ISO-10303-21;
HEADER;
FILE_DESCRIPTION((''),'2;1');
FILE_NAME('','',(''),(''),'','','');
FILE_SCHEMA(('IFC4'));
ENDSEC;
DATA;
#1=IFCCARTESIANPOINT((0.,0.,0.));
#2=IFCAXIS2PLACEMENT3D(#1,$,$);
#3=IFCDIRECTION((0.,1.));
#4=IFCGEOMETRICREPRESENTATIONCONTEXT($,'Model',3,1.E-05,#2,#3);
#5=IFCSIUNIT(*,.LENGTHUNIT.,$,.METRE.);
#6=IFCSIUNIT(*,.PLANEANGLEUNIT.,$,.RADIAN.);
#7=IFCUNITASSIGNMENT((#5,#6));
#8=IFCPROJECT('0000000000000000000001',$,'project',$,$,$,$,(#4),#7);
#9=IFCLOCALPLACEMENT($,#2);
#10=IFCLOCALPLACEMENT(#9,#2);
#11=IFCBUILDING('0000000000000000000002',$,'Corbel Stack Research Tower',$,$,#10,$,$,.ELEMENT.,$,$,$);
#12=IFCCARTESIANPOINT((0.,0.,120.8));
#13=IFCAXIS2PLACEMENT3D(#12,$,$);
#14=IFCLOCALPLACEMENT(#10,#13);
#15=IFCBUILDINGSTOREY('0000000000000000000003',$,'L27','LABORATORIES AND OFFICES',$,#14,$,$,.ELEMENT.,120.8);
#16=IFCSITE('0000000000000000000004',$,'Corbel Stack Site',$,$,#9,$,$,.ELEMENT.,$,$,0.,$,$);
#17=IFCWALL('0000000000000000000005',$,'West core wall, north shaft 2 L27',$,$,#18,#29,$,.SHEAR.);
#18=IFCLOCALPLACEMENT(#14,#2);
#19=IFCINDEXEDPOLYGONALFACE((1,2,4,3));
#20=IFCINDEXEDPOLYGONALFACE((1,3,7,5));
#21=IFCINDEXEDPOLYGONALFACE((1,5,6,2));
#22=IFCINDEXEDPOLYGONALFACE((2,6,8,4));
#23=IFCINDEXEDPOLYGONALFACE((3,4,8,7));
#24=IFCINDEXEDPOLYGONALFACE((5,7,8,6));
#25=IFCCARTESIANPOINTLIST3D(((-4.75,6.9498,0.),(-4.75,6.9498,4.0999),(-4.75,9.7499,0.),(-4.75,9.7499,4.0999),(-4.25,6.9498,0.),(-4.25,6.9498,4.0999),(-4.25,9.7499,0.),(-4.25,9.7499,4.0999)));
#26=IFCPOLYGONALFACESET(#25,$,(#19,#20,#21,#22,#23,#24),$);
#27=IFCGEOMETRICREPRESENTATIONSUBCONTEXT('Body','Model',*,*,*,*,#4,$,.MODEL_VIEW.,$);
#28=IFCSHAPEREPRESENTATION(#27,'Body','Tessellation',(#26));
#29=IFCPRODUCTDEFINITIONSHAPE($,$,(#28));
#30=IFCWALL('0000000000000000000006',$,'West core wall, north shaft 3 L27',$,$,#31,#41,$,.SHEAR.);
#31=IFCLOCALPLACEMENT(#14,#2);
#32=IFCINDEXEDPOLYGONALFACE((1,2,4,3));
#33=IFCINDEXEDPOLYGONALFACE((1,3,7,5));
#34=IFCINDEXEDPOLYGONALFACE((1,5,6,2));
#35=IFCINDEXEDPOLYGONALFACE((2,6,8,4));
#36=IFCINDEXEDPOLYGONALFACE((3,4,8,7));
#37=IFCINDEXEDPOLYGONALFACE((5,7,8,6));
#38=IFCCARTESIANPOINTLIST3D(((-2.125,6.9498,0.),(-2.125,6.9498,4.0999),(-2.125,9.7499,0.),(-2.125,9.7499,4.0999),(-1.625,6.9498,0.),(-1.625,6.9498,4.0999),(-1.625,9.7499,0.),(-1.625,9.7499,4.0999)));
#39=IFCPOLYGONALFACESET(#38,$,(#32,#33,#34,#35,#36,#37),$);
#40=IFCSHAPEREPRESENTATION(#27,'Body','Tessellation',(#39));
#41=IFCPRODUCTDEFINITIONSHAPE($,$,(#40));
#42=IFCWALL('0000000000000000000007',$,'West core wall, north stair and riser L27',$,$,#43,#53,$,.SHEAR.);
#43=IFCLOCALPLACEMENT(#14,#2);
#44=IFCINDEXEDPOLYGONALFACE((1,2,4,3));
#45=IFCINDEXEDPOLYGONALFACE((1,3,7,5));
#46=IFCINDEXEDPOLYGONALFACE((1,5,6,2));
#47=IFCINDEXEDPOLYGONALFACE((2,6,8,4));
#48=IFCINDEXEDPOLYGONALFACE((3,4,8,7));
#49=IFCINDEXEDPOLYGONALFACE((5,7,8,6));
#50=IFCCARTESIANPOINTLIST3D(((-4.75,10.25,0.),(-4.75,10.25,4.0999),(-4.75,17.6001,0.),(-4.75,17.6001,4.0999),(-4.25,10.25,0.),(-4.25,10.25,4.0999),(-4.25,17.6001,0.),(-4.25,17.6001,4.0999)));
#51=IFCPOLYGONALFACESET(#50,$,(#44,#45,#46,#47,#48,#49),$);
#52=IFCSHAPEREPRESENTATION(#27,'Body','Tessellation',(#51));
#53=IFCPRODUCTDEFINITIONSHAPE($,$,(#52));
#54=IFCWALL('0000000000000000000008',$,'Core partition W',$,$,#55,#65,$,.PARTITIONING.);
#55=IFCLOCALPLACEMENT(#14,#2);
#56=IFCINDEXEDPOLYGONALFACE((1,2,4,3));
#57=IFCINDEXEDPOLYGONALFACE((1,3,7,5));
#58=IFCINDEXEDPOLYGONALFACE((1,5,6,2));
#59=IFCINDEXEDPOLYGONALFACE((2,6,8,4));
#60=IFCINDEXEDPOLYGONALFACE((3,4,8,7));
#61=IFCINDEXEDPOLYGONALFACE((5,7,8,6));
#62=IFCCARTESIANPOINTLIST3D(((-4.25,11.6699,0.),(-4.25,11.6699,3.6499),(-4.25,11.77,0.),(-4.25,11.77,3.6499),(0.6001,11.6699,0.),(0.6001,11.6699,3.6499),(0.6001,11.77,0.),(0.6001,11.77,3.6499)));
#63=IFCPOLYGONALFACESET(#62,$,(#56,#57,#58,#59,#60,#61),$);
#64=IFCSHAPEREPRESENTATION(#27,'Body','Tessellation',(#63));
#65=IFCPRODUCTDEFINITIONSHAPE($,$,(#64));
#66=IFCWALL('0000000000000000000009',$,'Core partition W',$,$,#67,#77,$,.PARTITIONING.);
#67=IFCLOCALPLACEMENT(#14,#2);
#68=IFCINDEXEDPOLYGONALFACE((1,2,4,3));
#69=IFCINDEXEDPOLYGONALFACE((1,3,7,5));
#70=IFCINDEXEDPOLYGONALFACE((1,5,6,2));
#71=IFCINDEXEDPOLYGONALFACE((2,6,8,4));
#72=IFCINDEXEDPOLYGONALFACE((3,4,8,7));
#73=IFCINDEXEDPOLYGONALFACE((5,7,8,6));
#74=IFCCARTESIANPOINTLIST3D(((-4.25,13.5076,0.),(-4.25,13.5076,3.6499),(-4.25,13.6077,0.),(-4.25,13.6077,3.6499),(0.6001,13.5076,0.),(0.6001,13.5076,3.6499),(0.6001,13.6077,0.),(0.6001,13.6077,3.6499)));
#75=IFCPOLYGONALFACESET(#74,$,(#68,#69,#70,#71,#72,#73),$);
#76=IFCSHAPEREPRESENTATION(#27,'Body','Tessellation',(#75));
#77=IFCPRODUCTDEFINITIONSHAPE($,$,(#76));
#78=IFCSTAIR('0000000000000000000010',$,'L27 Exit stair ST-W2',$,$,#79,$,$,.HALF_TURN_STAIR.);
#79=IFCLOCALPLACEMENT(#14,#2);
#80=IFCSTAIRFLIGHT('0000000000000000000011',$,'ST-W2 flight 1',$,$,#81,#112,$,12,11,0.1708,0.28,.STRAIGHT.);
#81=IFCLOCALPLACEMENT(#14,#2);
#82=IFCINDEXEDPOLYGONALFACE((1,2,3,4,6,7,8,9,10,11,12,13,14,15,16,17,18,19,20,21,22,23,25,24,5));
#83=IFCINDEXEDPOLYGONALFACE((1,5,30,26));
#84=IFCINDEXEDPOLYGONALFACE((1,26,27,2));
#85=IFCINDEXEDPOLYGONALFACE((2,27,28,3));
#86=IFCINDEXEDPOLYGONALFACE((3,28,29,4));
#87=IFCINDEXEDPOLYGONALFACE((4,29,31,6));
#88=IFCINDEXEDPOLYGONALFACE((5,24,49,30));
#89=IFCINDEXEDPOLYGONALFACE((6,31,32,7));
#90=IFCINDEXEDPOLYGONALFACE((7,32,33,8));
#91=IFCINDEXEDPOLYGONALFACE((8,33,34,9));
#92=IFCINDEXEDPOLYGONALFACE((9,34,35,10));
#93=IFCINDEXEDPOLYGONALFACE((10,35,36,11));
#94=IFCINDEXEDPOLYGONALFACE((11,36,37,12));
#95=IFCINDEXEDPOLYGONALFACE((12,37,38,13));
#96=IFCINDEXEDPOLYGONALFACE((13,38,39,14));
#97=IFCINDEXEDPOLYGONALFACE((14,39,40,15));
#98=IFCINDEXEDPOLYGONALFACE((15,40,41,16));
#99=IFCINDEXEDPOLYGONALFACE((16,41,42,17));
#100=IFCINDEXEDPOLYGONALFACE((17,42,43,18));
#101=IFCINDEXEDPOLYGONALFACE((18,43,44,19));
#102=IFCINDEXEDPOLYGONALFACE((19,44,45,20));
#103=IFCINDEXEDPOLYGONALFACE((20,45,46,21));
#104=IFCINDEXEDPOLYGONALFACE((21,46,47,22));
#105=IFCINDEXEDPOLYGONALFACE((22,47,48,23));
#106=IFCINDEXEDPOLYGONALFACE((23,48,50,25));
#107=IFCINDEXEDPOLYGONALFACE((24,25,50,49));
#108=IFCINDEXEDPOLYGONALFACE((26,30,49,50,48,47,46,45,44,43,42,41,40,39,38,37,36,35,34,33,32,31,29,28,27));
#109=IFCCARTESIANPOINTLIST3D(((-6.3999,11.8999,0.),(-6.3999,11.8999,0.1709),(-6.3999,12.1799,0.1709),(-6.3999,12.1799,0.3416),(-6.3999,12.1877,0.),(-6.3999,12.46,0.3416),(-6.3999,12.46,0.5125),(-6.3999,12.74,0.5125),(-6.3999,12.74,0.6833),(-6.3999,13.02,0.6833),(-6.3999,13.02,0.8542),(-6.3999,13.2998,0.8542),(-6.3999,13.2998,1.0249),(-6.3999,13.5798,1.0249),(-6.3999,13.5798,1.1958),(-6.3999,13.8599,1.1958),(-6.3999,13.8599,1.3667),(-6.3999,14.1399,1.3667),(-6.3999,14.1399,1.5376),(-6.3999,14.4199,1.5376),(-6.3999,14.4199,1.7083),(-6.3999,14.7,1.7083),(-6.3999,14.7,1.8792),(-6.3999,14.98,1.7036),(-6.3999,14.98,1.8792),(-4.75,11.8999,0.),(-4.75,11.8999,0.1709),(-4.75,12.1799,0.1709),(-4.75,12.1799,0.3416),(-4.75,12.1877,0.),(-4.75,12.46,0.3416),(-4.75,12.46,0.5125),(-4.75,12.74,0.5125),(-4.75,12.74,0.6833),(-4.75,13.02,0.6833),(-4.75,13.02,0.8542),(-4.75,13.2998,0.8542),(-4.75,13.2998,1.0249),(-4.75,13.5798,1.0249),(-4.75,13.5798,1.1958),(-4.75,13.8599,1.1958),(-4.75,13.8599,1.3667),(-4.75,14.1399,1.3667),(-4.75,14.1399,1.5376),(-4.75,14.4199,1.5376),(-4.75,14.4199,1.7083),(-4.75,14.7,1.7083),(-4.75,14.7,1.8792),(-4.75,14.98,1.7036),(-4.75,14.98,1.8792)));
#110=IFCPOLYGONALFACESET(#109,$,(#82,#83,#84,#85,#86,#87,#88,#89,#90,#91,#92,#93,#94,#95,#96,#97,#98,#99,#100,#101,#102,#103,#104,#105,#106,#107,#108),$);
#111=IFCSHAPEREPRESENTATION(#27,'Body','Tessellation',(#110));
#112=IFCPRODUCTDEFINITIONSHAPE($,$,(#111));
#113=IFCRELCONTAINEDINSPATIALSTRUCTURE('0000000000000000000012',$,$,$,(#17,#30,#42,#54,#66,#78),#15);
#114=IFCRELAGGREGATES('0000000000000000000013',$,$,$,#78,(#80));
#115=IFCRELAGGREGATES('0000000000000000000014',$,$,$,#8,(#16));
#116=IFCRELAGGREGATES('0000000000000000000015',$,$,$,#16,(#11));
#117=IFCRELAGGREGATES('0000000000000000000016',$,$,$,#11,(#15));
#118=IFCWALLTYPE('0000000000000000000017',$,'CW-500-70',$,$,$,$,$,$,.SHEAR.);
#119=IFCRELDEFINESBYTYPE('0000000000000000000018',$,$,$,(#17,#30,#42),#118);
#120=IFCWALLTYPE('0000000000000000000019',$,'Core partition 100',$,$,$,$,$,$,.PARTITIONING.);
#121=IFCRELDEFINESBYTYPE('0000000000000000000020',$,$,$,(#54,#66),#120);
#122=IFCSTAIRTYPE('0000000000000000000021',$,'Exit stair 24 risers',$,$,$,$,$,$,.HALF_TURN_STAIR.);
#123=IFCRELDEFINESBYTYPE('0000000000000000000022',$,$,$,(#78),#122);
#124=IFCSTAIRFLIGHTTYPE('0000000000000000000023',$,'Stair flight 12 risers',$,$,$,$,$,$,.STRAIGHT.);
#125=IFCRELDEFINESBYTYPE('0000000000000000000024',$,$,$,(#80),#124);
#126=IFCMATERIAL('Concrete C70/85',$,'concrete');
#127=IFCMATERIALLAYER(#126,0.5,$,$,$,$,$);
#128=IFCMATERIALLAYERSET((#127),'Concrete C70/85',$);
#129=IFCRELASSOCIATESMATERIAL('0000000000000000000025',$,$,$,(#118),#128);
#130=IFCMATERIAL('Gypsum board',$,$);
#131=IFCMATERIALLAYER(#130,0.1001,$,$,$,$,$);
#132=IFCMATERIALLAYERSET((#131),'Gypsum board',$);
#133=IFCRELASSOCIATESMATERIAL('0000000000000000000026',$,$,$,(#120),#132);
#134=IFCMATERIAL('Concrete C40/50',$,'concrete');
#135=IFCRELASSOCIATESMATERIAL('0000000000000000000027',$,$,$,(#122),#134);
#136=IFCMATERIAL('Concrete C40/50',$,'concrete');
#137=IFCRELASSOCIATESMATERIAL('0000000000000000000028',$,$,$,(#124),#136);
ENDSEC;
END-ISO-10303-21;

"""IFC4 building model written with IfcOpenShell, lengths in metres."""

from ifc_helpers import new_model, si_unit, direction, frame, frame_2d, origin, place, context, subcontext, project, spatial, polyline, rectangle, outline, extrude, material, layer, layer_set, type_object, element, aggregate, save


model = new_model("IFC4")

# Units and contexts
model_context = context("Model", 3, precision=1e-05, world=origin(), true_north=direction((0.0, 1.0)))
body_context = subcontext(model_context, "Body", "Model", "MODEL_VIEW")
ifc_project = project(units=[si_unit("LENGTHUNIT", "METRE"), si_unit("PLANEANGLEUNIT", "RADIAN")], contexts=[model_context])

# Site, building, storey
site_placement = place(None, origin())
site = spatial("IfcSite", under=ifc_project, at=site_placement, Name="Corbel Stack Site", CompositionType="ELEMENT", RefElevation=0.0)
building_placement = place(site_placement, origin())
building = spatial("IfcBuilding", under=site, at=building_placement, Name="Corbel Stack Research Tower", CompositionType="ELEMENT")
storey_placement = place(building_placement, frame((0.0, 0.0, 120.8)))
storey = spatial("IfcBuildingStorey", under=building, at=storey_placement, Name="L27", Description="LABORATORIES AND OFFICES", CompositionType="ELEMENT", Elevation=120.8)

# Walls
ifc_material_1 = material(Name="Concrete C70/85", Category="concrete")
ifc_layer_1 = layer(ifc_material_1, 0.5)
ifc_layer_set_1 = layer_set([ifc_layer_1], Name="Concrete C70/85")
wall_type_1 = type_object("IfcWallType", Name="CW-500-70", PredefinedType="SHEAR", material=ifc_layer_set_1)
for number, where, z_axis, x_axis, name in (
    (1, (-4.5, 6.95, 0.0), (0.0, 0.0, 1.0), (0.0, 1.0, 0.0), "West core wall, north shaft 2 L27"),
    (2, (-1.875, 6.95, 0.0), (0.0, 0.0, 1.0), (0.0, 1.0, 0.0), "West core wall, north shaft 3 L27"),
):
    element("IfcWall", number, at=place(storey_placement, frame(where, z_axis=z_axis, x_axis=x_axis)), inside=storey, type_object=wall_type_1, Name=name, PredefinedType="SHEAR", context=body_context, shape_type="SweptSolid", body=[
        extrude(rectangle(XDim=2.8, YDim=0.5, at=frame_2d((1.3999, 0.0))), origin(), (0.0, 0.0, 1.0), 4.0999),
    ])
wall_placement = place(storey_placement, frame((-4.5, 10.25, 0.0), z_axis=(0.0, 0.0, 1.0), x_axis=(0.0, 1.0, 0.0)))
element("IfcWall", 3, at=wall_placement, inside=storey, type_object=wall_type_1, Name="West core wall, north stair and riser L27", PredefinedType="SHEAR", context=body_context, shape_type="SweptSolid", body=[
    extrude(rectangle(XDim=7.3501, YDim=0.5, at=frame_2d((3.675, 0.0))), origin(), (0.0, 0.0, 1.0), 4.0999),
])
ifc_material_2 = material(Name="Gypsum board")
ifc_layer_2 = layer(ifc_material_2, 0.1001)
ifc_layer_set_2 = layer_set([ifc_layer_2], Name="Gypsum board")
wall_type_2 = type_object("IfcWallType", Name="Core partition 100", PredefinedType="PARTITIONING", material=ifc_layer_set_2)
for number, where, z_axis, x_axis, name in (
    (4, (-4.25, 11.72, 0.0), (0.0, 0.0, 1.0), (1.0, 0.0, 0.0), "Core partition W"),
    (5, (-4.25, 13.5576, 0.0), (0.0, 0.0, 1.0), (1.0, 0.0, 0.0), "Core partition W"),
):
    element("IfcWall", number, at=place(storey_placement, frame(where, z_axis=z_axis, x_axis=x_axis)), inside=storey, type_object=wall_type_2, Name=name, PredefinedType="PARTITIONING", context=body_context, shape_type="SweptSolid", body=[
        extrude(rectangle(XDim=4.8501, YDim=0.1001, at=frame_2d((2.425, 0.0))), origin(), (0.0, 0.0, 1.0), 3.6499),
    ])

# Stair, stair flight
ifc_material_3 = material(Name="Concrete C40/50", Category="concrete")
stair_type = type_object("IfcStairType", Name="Exit stair 24 risers", PredefinedType="HALF_TURN_STAIR", material=ifc_material_3)
stair_placement = place(storey_placement, origin())
stair = element("IfcStair", 6, at=stair_placement, inside=storey, type_object=stair_type, Name="L27 Exit stair ST-W2", PredefinedType="HALF_TURN_STAIR")
ifc_material_4 = material(Name="Concrete C40/50", Category="concrete")
stair_flight_type = type_object("IfcStairFlightType", Name="Stair flight 12 risers", PredefinedType="STRAIGHT", material=ifc_material_4)
stair_flight_placement = place(storey_placement, frame((-5.575, 11.8999, 0.0), z_axis=(0.0, 0.0, 1.0), x_axis=(0.0, 1.0, 0.0)))
stair_flight = element("IfcStairFlight", 7, at=stair_flight_placement, type_object=stair_flight_type, Name="ST-W2 flight 1", NumberOfRisers=12, NumberOfTreads=11, PredefinedType="STRAIGHT", RiserHeight=0.1708, TreadLength=0.28, context=body_context, shape_type="SweptSolid", body=[
    extrude(outline(polyline([(0.0, 0.0), (0.0, 0.1709), (0.28, 0.1709), (0.28, 0.3416), (0.5601, 0.3416), (0.5601, 0.5125), (0.8401, 0.5125), (0.8401, 0.6833), (1.1201, 0.6833), (1.1201, 0.8542), (1.3999, 0.8542), (1.3999, 1.0249), (1.6799, 1.0249), (1.6799, 1.1958), (1.96, 1.1958), (1.96, 1.3667), (2.24, 1.3667), (2.24, 1.5376), (2.52, 1.5376), (2.52, 1.7083), (2.8, 1.7083), (2.8, 1.8792), (3.0801, 1.8792), (3.0801, 2.05), (3.0801, 1.7036), (0.2878, 0.0), (0.0, 0.0)])), frame((0.0, 0.825, 0.0), z_axis=(0.0, -1.0, 0.0), x_axis=(1.0, 0.0, 0.0)), (0.0, 0.0, 1.0), 1.6499),
])
aggregate(stair, [stair_flight])

save(model, "model.ifc")
